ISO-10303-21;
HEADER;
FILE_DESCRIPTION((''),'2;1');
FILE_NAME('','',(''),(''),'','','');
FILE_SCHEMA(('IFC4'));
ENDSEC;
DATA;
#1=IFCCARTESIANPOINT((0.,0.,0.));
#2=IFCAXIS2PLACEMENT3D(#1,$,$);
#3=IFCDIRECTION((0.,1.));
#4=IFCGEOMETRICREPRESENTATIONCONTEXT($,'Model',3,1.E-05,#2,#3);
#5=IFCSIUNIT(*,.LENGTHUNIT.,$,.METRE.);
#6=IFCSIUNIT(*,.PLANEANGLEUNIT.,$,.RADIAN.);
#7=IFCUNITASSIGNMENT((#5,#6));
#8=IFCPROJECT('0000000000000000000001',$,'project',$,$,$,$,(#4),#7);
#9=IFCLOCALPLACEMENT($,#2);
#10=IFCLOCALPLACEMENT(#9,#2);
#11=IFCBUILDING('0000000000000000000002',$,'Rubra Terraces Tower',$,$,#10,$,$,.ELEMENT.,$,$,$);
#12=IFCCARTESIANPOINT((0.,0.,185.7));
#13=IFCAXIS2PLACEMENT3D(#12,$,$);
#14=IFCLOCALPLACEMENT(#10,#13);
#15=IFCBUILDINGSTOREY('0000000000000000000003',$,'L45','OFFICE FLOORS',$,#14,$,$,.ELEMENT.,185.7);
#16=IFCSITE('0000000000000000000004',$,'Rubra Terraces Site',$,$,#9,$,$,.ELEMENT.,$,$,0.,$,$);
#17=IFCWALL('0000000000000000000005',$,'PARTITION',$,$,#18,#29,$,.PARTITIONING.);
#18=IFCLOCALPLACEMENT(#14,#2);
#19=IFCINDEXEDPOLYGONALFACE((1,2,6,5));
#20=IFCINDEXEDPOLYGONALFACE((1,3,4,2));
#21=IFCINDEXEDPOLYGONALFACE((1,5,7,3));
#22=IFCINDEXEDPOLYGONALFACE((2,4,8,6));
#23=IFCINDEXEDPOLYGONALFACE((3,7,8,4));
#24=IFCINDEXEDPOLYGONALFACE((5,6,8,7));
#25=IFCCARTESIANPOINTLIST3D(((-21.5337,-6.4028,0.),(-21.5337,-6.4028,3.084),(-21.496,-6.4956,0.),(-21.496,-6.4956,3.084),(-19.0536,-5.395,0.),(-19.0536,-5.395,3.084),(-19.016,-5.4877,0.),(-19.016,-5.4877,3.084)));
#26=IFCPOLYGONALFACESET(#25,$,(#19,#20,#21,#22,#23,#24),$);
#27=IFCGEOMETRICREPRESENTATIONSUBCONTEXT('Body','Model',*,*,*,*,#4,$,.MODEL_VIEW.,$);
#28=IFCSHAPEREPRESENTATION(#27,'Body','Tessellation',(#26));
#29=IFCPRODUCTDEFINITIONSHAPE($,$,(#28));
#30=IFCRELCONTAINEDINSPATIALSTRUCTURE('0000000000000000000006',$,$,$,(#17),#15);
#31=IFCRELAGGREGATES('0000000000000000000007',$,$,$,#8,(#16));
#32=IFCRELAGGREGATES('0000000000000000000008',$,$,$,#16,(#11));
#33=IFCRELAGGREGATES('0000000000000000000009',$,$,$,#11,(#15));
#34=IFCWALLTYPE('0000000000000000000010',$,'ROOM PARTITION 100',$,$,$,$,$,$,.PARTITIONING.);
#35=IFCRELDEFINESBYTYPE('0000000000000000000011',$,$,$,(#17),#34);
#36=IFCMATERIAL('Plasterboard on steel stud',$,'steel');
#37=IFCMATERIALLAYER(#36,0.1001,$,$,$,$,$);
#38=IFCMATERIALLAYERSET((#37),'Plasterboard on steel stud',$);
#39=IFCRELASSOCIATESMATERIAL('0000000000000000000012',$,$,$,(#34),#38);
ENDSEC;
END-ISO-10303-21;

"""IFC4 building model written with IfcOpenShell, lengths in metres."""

from ifc_helpers import new_model, si_unit, direction, frame, frame_2d, origin, place, context, subcontext, project, spatial, rectangle, extrude, material, layer, layer_set, type_object, element, save


model = new_model("IFC4")

# Units and contexts
model_context = context("Model", 3, precision=1e-05, world=origin(), true_north=direction((0.0, 1.0)))
body_context = subcontext(model_context, "Body", "Model", "MODEL_VIEW")
ifc_project = project(units=[si_unit("LENGTHUNIT", "METRE"), si_unit("PLANEANGLEUNIT", "RADIAN")], contexts=[model_context])

# Site, building, storey
site_placement = place(None, origin())
site = spatial("IfcSite", under=ifc_project, at=site_placement, Name="Rubra Terraces Site", CompositionType="ELEMENT", RefElevation=0.0)
building_placement = place(site_placement, origin())
building = spatial("IfcBuilding", under=site, at=building_placement, Name="Rubra Terraces Tower", CompositionType="ELEMENT")
storey_placement = place(building_placement, frame((0.0, 0.0, 185.7)))
storey = spatial("IfcBuildingStorey", under=building, at=storey_placement, Name="L45", Description="OFFICE FLOORS", CompositionType="ELEMENT", Elevation=185.7)

# Wall
ifc_material_1 = material(Name="Plasterboard on steel stud", Category="steel")
ifc_layer_1 = layer(ifc_material_1, 0.1001)
ifc_layer_set_1 = layer_set([ifc_layer_1], Name="Plasterboard on steel stud")
wall_type_1 = type_object("IfcWallType", Name="ROOM PARTITION 100", PredefinedType="PARTITIONING", material=ifc_layer_set_1)
wall_1_placement = place(storey_placement, frame((-19.0349, -5.4414, 0.0), z_axis=(0.0, 0.0, 1.0), x_axis=(-0.926425, -0.37648, 0.0)))
element("IfcWall", 1, at=wall_1_placement, inside=storey, type_object=wall_type_1, Name="PARTITION", PredefinedType="PARTITIONING", context=body_context, shape_type="SweptSolid", body=[
    extrude(rectangle(XDim=2.677, YDim=0.1001, at=frame_2d((1.3384, 0.0))), origin(), (0.0, 0.0, 1.0), 3.084),
])

save(model, "model.ifc")
